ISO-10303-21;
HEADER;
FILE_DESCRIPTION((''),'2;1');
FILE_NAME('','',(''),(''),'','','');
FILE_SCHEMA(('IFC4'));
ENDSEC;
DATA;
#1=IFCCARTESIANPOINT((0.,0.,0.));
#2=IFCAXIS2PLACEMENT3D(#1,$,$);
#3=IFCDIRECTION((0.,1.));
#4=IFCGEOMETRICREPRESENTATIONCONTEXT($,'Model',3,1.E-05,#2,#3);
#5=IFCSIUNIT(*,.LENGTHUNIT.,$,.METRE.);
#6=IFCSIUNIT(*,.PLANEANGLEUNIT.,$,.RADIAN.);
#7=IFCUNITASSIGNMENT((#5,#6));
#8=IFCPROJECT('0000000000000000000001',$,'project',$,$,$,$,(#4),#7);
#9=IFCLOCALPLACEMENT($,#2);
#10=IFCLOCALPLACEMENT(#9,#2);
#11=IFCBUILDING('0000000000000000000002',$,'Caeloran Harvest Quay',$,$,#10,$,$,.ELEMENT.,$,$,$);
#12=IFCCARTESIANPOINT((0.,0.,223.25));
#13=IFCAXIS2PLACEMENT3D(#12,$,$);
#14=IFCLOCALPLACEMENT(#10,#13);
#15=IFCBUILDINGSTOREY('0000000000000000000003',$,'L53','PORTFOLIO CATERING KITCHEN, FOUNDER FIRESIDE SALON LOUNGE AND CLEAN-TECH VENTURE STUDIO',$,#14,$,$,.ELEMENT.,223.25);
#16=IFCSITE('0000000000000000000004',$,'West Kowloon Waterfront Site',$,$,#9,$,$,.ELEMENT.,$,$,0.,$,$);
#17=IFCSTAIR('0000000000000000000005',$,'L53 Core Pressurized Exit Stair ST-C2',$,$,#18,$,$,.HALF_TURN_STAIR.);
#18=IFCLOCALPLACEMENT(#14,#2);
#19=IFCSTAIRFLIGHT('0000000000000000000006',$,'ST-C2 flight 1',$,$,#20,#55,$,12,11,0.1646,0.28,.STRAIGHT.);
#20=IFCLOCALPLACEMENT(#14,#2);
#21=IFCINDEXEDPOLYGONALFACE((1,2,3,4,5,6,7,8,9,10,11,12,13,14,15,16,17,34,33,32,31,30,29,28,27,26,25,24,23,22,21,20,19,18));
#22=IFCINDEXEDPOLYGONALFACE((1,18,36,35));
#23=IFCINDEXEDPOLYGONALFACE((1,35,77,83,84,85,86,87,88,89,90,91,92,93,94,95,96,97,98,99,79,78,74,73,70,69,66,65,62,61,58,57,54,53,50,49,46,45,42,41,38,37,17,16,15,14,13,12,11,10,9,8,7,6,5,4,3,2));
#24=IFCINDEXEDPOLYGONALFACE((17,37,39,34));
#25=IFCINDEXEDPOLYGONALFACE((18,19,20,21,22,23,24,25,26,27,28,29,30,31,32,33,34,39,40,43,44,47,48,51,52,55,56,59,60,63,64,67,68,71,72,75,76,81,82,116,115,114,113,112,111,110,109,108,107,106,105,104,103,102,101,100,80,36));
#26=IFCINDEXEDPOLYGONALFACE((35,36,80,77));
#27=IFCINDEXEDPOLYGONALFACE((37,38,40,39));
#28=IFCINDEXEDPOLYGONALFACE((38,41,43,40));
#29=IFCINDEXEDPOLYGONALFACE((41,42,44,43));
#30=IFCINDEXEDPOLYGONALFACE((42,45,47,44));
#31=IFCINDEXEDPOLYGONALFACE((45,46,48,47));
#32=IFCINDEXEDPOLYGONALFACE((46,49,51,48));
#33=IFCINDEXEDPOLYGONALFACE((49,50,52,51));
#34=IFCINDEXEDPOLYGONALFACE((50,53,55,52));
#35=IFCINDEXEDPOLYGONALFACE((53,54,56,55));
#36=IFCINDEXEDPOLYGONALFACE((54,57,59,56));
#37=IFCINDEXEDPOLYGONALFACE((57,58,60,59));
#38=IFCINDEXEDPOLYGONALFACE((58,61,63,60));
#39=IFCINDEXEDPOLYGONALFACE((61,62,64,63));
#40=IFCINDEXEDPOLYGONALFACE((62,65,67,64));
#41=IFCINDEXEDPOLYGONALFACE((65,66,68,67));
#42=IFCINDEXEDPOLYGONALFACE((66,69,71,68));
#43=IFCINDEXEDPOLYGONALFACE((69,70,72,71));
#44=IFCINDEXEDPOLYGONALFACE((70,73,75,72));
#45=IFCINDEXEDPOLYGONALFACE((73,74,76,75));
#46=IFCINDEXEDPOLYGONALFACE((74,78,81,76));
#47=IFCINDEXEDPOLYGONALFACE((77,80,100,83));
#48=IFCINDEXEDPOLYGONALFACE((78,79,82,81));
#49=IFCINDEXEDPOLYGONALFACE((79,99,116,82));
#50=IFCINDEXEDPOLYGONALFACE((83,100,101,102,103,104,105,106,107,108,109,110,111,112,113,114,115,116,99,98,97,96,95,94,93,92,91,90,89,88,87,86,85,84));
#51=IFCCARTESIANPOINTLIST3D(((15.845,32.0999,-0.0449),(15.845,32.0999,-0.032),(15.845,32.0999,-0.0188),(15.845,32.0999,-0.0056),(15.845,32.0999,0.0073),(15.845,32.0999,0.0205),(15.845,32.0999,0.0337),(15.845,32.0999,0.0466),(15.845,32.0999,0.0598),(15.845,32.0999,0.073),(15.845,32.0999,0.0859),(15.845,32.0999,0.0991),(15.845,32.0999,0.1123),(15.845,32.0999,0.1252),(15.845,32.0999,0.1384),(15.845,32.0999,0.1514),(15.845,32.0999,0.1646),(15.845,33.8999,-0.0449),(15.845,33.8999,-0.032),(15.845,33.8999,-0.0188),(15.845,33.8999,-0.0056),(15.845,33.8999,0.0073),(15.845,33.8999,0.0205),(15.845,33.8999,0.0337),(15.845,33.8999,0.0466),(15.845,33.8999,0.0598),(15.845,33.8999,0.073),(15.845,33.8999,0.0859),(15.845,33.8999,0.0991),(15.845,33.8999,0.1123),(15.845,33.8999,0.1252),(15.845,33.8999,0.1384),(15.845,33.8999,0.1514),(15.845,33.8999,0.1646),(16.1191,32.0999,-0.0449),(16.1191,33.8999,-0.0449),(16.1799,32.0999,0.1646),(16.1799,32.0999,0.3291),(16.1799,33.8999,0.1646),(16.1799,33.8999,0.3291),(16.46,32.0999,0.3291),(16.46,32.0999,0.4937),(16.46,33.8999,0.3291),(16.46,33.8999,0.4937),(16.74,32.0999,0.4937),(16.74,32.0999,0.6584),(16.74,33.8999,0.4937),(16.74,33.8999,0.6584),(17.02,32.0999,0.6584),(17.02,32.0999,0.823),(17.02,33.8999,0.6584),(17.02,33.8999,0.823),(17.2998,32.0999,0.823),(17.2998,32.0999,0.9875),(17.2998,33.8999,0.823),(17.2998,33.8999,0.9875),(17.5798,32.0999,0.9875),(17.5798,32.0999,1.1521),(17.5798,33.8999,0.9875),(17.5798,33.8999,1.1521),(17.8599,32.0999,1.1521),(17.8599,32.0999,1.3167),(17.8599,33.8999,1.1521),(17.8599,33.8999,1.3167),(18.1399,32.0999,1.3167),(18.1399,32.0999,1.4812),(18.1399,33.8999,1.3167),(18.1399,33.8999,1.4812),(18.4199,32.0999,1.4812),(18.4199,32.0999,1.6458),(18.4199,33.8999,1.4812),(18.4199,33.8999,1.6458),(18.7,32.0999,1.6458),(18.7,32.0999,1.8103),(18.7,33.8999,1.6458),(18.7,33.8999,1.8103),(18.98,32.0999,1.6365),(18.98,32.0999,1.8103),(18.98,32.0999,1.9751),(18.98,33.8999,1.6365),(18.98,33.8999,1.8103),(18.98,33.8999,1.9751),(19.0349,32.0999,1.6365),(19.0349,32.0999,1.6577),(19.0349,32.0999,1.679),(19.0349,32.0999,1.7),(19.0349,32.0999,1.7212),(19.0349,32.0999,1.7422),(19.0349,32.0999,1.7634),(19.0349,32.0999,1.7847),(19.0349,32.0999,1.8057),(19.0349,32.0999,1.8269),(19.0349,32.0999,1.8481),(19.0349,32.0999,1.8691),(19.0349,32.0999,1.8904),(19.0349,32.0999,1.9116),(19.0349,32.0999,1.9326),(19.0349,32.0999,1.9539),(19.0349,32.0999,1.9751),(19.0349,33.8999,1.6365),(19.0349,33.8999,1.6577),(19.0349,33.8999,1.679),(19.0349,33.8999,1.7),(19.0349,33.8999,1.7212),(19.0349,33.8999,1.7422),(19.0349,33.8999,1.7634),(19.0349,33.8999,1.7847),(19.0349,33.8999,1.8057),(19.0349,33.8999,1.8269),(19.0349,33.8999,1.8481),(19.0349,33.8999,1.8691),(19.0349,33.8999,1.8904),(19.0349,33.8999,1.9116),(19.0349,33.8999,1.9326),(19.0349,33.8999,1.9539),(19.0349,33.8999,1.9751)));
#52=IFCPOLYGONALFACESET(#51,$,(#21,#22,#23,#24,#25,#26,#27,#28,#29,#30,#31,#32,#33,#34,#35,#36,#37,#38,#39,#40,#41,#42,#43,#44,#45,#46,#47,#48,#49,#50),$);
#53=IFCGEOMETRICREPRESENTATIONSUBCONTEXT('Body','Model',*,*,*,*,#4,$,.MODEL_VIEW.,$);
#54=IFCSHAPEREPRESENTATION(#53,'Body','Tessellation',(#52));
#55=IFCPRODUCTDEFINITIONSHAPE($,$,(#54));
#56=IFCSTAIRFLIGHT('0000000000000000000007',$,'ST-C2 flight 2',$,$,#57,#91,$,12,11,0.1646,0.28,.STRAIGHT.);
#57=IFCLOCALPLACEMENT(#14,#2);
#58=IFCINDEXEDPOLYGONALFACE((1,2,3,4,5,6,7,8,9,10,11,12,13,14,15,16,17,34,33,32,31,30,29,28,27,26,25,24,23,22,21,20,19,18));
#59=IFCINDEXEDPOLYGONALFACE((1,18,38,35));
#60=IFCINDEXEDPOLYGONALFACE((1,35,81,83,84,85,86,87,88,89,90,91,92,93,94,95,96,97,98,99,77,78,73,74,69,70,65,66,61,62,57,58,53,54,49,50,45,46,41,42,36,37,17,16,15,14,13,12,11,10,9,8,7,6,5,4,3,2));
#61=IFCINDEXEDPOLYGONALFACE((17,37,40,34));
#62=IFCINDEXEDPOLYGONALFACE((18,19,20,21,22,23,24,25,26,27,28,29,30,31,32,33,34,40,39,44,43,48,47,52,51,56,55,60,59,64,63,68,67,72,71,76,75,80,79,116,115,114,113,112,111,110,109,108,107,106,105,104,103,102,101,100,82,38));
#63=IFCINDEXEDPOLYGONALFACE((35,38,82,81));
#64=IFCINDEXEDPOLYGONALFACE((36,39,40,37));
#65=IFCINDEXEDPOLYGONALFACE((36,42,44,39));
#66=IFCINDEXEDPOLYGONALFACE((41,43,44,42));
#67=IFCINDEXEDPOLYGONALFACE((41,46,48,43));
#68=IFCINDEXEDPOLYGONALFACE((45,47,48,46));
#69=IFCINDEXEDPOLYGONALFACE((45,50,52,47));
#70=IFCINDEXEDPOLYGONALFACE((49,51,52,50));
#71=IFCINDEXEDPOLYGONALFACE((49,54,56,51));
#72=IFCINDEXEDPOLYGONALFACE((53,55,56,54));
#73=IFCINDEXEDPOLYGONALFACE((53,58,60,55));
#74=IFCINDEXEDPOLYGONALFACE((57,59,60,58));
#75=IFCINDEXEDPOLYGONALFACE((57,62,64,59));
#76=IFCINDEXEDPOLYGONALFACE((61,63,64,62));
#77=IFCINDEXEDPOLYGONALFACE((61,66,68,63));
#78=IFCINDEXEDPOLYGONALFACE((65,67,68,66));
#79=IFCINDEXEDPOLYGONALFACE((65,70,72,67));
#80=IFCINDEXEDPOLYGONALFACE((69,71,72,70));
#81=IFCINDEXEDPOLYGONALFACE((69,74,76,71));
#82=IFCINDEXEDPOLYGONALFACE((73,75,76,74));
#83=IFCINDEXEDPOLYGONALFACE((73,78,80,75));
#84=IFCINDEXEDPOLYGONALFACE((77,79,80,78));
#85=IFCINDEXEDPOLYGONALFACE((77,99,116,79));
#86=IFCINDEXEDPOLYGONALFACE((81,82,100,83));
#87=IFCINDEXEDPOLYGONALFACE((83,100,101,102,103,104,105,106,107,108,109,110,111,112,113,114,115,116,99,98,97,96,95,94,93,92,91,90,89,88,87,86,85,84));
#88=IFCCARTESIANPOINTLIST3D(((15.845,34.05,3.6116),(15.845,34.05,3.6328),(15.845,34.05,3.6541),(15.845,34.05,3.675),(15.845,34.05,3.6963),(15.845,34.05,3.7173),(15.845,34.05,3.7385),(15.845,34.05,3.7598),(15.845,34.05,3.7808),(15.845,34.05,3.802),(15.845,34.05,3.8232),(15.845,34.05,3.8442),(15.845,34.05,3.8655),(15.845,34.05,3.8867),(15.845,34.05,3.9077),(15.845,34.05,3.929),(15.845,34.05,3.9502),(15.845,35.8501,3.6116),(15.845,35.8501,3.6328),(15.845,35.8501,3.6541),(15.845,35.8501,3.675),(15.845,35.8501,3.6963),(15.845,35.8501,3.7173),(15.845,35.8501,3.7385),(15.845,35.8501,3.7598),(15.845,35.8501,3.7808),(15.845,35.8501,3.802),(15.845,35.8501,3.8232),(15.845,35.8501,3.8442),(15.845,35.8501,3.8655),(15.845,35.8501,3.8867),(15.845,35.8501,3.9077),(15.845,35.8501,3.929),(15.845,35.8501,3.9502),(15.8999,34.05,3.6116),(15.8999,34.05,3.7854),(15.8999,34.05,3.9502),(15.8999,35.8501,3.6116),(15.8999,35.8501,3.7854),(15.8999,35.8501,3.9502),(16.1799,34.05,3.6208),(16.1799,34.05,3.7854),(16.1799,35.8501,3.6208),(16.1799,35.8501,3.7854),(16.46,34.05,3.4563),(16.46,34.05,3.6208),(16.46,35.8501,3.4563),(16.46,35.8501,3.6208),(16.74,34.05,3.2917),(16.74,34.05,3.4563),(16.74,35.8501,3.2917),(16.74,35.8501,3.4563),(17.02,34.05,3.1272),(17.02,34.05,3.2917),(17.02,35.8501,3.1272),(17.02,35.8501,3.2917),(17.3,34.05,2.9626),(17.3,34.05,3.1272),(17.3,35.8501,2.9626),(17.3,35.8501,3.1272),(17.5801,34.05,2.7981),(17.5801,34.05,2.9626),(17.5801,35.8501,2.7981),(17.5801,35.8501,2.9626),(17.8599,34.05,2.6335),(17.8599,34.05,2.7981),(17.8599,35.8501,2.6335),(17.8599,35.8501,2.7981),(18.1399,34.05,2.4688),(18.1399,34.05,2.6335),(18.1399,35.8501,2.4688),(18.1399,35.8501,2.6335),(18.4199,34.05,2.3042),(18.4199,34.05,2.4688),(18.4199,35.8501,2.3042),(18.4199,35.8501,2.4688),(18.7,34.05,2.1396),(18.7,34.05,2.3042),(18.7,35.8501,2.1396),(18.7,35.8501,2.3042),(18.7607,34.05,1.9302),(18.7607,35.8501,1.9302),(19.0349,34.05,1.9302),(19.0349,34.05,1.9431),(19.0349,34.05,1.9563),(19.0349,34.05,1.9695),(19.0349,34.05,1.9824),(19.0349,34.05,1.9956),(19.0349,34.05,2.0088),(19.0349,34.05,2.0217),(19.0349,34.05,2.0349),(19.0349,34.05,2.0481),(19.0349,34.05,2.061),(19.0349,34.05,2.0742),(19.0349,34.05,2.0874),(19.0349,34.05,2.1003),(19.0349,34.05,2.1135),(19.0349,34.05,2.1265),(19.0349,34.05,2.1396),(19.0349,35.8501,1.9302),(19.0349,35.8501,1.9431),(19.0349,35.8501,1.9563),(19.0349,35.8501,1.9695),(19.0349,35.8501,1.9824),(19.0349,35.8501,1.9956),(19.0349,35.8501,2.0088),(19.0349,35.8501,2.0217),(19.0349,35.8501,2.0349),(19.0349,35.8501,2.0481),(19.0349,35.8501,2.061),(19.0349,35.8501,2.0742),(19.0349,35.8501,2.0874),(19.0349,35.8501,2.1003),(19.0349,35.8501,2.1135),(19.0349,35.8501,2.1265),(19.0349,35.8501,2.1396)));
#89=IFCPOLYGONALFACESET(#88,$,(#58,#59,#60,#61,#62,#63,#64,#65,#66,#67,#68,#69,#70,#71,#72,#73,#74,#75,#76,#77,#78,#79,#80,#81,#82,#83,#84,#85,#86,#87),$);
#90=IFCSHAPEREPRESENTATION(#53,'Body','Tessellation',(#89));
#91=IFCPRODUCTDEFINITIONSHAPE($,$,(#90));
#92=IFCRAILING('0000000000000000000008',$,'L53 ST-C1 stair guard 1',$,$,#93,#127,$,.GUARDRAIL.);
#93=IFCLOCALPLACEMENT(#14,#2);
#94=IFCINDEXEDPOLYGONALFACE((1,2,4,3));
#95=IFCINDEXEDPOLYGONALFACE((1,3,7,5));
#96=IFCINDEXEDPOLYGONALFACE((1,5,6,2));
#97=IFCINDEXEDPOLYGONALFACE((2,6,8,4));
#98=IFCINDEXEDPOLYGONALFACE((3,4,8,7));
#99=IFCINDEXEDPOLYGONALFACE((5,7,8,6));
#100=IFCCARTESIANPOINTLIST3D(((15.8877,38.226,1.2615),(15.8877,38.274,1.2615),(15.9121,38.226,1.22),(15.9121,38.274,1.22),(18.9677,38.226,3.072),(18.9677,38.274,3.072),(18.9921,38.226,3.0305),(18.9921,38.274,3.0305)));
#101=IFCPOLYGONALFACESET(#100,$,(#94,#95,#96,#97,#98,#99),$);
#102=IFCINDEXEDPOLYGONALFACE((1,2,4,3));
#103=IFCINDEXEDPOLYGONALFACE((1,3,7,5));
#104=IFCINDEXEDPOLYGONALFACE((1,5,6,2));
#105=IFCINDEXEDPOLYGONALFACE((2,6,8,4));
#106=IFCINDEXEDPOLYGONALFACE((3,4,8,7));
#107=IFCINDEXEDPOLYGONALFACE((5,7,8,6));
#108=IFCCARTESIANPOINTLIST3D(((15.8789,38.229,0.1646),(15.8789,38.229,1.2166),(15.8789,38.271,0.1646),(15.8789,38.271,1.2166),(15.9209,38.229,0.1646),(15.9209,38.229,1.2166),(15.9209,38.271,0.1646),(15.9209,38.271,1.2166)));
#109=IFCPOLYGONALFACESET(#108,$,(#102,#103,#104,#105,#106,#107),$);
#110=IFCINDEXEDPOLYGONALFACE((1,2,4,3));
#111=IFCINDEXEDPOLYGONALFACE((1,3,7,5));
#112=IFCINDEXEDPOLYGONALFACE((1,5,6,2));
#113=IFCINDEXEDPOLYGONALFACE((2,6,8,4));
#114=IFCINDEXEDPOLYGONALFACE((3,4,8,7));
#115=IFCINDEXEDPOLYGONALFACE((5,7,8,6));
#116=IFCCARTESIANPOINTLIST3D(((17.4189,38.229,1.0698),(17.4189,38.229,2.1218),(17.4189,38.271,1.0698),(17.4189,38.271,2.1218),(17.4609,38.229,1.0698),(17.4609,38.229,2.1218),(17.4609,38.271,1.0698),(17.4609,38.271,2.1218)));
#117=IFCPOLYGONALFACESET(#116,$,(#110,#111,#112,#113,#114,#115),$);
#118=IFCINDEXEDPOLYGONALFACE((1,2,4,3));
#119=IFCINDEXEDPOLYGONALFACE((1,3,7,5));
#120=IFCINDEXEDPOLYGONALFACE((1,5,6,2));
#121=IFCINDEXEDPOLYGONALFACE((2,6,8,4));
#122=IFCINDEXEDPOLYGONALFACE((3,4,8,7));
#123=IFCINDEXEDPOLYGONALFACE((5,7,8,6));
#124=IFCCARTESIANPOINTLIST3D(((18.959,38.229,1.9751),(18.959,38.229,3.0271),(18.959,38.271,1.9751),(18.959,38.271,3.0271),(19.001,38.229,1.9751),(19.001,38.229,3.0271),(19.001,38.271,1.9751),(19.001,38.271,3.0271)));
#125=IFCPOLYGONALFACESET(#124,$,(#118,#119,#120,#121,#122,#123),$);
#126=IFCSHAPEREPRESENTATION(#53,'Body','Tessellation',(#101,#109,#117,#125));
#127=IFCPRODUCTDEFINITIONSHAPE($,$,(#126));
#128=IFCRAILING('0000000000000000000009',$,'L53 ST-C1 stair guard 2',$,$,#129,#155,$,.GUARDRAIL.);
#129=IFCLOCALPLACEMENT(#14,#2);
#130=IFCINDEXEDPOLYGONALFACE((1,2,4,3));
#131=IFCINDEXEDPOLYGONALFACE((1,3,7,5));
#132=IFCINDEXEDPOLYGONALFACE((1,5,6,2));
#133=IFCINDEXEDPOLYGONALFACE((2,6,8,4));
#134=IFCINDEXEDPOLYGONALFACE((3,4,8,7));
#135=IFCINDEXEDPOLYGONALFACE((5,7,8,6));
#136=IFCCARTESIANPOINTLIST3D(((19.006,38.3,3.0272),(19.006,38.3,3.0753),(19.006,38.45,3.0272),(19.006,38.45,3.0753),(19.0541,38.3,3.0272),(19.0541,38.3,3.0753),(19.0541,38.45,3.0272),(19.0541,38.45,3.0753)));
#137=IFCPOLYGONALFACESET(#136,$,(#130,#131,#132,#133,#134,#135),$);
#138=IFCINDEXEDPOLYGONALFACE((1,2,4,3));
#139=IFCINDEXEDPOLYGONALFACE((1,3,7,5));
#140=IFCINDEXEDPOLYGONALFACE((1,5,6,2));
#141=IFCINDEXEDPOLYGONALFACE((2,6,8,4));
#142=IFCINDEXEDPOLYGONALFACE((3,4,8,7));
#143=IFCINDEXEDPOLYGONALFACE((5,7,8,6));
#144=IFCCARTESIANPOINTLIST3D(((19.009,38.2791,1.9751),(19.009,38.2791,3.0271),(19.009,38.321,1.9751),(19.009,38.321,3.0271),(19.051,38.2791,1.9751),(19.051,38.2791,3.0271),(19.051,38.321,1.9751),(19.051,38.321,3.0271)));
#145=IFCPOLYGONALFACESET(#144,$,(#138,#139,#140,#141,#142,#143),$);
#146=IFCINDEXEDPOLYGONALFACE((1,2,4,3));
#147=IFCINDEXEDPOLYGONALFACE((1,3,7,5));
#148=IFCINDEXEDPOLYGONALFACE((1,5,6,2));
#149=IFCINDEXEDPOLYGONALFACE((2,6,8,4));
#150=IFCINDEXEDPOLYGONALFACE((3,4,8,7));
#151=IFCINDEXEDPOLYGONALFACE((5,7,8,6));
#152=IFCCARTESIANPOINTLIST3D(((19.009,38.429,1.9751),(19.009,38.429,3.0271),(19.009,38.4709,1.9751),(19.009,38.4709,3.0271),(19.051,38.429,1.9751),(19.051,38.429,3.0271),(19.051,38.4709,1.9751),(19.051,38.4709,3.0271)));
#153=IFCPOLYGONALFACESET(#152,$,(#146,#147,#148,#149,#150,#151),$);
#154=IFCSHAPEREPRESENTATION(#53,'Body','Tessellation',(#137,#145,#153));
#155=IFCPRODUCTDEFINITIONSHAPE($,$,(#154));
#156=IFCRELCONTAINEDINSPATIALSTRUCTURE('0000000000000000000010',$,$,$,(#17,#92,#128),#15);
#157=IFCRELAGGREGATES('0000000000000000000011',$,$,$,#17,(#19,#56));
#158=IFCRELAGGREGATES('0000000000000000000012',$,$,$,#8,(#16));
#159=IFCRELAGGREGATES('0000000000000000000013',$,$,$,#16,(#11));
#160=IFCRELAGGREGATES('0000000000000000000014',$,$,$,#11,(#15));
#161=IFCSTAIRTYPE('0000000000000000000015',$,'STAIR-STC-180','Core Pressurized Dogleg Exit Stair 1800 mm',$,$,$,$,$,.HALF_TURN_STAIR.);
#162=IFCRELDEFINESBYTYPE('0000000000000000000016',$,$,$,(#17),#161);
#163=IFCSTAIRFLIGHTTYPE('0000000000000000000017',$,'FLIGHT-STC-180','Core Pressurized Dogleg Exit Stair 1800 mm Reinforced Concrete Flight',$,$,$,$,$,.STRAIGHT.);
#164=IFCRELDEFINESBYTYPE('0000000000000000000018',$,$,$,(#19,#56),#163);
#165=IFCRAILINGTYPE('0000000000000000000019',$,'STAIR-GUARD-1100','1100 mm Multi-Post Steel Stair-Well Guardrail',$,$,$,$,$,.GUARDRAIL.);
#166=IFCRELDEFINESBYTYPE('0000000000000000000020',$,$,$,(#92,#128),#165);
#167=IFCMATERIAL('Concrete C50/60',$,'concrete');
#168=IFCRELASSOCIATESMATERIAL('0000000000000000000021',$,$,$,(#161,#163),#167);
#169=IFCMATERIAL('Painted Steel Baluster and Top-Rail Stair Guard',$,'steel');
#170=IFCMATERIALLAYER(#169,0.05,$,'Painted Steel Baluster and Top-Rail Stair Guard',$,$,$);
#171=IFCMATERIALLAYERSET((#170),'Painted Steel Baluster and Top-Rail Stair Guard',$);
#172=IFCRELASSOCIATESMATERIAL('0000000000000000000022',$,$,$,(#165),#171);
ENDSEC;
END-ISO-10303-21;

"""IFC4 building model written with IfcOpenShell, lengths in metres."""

from ifc_helpers import new_model, si_unit, direction, frame, origin, origin_2d, place, context, subcontext, project, spatial, polyline, rectangle, outline, extrude, material, layer, layer_set, type_object, element, aggregate, save


model = new_model("IFC4")

# Units and contexts
model_context = context("Model", 3, precision=1e-05, world=origin(), true_north=direction((0.0, 1.0)))
body_context = subcontext(model_context, "Body", "Model", "MODEL_VIEW")
ifc_project = project(units=[si_unit("LENGTHUNIT", "METRE"), si_unit("PLANEANGLEUNIT", "RADIAN")], contexts=[model_context])

# Site, building, storey
site_placement = place(None, origin())
site = spatial("IfcSite", under=ifc_project, at=site_placement, Name="West Kowloon Waterfront Site", CompositionType="ELEMENT", RefElevation=0.0)
building_placement = place(site_placement, origin())
building = spatial("IfcBuilding", under=site, at=building_placement, Name="Caeloran Harvest Quay", CompositionType="ELEMENT")
storey_placement = place(building_placement, frame((0.0, 0.0, 223.25)))
storey = spatial("IfcBuildingStorey", under=building, at=storey_placement, Name="L53", Description="PORTFOLIO CATERING KITCHEN, FOUNDER FIRESIDE SALON LOUNGE AND CLEAN-TECH VENTURE STUDIO", CompositionType="ELEMENT", Elevation=223.25)

# Shared definitions
ifc_material_1 = material(Name="Concrete C50/60", Category="concrete")

# Stair, stair flights
stair_type = type_object("IfcStairType", Name="STAIR-STC-180", Description="Core Pressurized Dogleg Exit Stair 1800 mm", PredefinedType="HALF_TURN_STAIR", material=ifc_material_1)
stair_flight_type = type_object("IfcStairFlightType", Name="FLIGHT-STC-180", Description="Core Pressurized Dogleg Exit Stair 1800 mm Reinforced Concrete Flight", PredefinedType="STRAIGHT", material=ifc_material_1)
stair_1_placement = place(storey_placement, origin())
stair_1 = element("IfcStair", 1, at=stair_1_placement, inside=storey, type_object=stair_type, Name="L53 Core Pressurized Exit Stair ST-C2", PredefinedType="HALF_TURN_STAIR")
stair_flight_1_placement = place(storey_placement, frame((15.8999, 33.0, 0.0), z_axis=(0.0, 0.0, 1.0), x_axis=(1.0, 0.0, 0.0)))
stair_flight_1 = element("IfcStairFlight", 2, at=stair_flight_1_placement, type_object=stair_flight_type, Name="ST-C2 flight 1", NumberOfRisers=12, NumberOfTreads=11, PredefinedType="STRAIGHT", RiserHeight=0.1646, TreadLength=0.28, context=body_context, shape_type="SweptSolid", body=[
    extrude(outline(polyline([(-0.0549, -0.0449), (-0.0549, -0.032), (-0.0549, -0.0188), (-0.0549, -0.0056), (-0.0549, 0.0073), (-0.0549, 0.0205), (-0.0549, 0.0337), (-0.0549, 0.0466), (-0.0549, 0.0598), (-0.0549, 0.073), (-0.0549, 0.0859), (-0.0549, 0.0991), (-0.0549, 0.1123), (-0.0549, 0.1252), (-0.0549, 0.1384), (-0.0549, 0.1514), (-0.0549, 0.1646), (0.28, 0.1646), (0.28, 0.3291), (0.5601, 0.3291), (0.5601, 0.4937), (0.8401, 0.4937), (0.8401, 0.6584), (1.1201, 0.6584), (1.1201, 0.823), (1.3999, 0.823), (1.3999, 0.9875), (1.6799, 0.9875), (1.6799, 1.1521), (1.96, 1.1521), (1.96, 1.3167), (2.24, 1.3167), (2.24, 1.4812), (2.52, 1.4812), (2.52, 1.6458), (2.8, 1.6458), (2.8, 1.8103), (3.0801, 1.8103), (3.0801, 1.9751), (3.135, 1.9751), (3.135, 1.9539), (3.135, 1.9326), (3.135, 1.9116), (3.135, 1.8904), (3.135, 1.8691), (3.135, 1.8481), (3.135, 1.8269), (3.135, 1.8057), (3.135, 1.7847), (3.135, 1.7634), (3.135, 1.7422), (3.135, 1.7212), (3.135, 1.7), (3.135, 1.679), (3.135, 1.6577), (3.135, 1.6365), (3.0801, 1.6365), (0.2192, -0.0449), (-0.0549, -0.0449)])), frame((0.0, 0.8999, 0.0), z_axis=(0.0, -1.0, 0.0), x_axis=(1.0, 0.0, 0.0)), (0.0, 0.0, 1.0), 1.8),
])
stair_flight_2_placement = place(storey_placement, frame((18.98, 34.95, 1.9751), z_axis=(0.0, 0.0, 1.0), x_axis=(-1.0, 0.0, 0.0)))
stair_flight_2 = element("IfcStairFlight", 3, at=stair_flight_2_placement, type_object=stair_flight_type, Name="ST-C2 flight 2", NumberOfRisers=12, NumberOfTreads=11, PredefinedType="STRAIGHT", RiserHeight=0.1646, TreadLength=0.28, context=body_context, shape_type="SweptSolid", body=[
    extrude(outline(polyline([(-0.0549, -0.0449), (-0.0549, -0.032), (-0.0549, -0.0188), (-0.0549, -0.0056), (-0.0549, 0.0073), (-0.0549, 0.0205), (-0.0549, 0.0337), (-0.0549, 0.0466), (-0.0549, 0.0598), (-0.0549, 0.073), (-0.0549, 0.0859), (-0.0549, 0.0991), (-0.0549, 0.1123), (-0.0549, 0.1252), (-0.0549, 0.1384), (-0.0549, 0.1514), (-0.0549, 0.1646), (0.28, 0.1646), (0.28, 0.3291), (0.5601, 0.3291), (0.5601, 0.4937), (0.8401, 0.4937), (0.8401, 0.6584), (1.1201, 0.6584), (1.1201, 0.823), (1.3999, 0.823), (1.3999, 0.9875), (1.6799, 0.9875), (1.6799, 1.1521), (1.96, 1.1521), (1.96, 1.3167), (2.24, 1.3167), (2.24, 1.4812), (2.52, 1.4812), (2.52, 1.6458), (2.8, 1.6458), (2.8, 1.8103), (3.0801, 1.8103), (3.0801, 1.9751), (3.135, 1.9751), (3.135, 1.9539), (3.135, 1.9326), (3.135, 1.9116), (3.135, 1.8904), (3.135, 1.8691), (3.135, 1.8481), (3.135, 1.8269), (3.135, 1.8057), (3.135, 1.7847), (3.135, 1.7634), (3.135, 1.7422), (3.135, 1.7212), (3.135, 1.7), (3.135, 1.679), (3.135, 1.6577), (3.135, 1.6365), (3.0801, 1.6365), (0.2192, -0.0449), (-0.0549, -0.0449)])), frame((0.0, 0.8999, 0.0), z_axis=(0.0, -1.0, 0.0), x_axis=(1.0, 0.0, 0.0)), (0.0, 0.0, 1.0), 1.8),
])
aggregate(stair_1, [stair_flight_1, stair_flight_2])

# Railings
ifc_material_2 = material(Name="Painted Steel Baluster and Top-Rail Stair Guard", Category="steel")
ifc_layer_1 = layer(ifc_material_2, 0.05, Name="Painted Steel Baluster and Top-Rail Stair Guard")
ifc_layer_set_1 = layer_set([ifc_layer_1], Name="Painted Steel Baluster and Top-Rail Stair Guard")
railing_type_1 = type_object("IfcRailingType", Name="STAIR-GUARD-1100", Description="1100 mm Multi-Post Steel Stair-Well Guardrail", PredefinedType="GUARDRAIL", material=ifc_layer_set_1)
railing_1_placement = place(storey_placement, frame((15.8999, 38.25, 0.1646)))
element("IfcRailing", 4, at=railing_1_placement, inside=storey, type_object=railing_type_1, Name="L53 ST-C1 stair guard 1", PredefinedType="GUARDRAIL", context=body_context, shape_type="SweptSolid", body=[
    extrude(rectangle(XDim=0.0481, YDim=0.0481, at=origin_2d()), frame((0.0, 0.0, 1.0762), z_axis=(0.862089, 0.0, 0.506757), x_axis=(0.0, 1.0, 0.0)), (0.0, 0.0, 1.0), 3.5728),
    extrude(rectangle(XDim=0.042, YDim=0.042, at=origin_2d()), origin(), (0.0, 0.0, 1.0), 1.052),
    extrude(rectangle(XDim=0.042, YDim=0.042, at=origin_2d()), frame((1.54, 0.0, 0.9053)), (0.0, 0.0, 1.0), 1.052),
    extrude(rectangle(XDim=0.042, YDim=0.042, at=origin_2d()), frame((3.0801, 0.0, 1.8105)), (0.0, 0.0, 1.0), 1.052),
])
railing_2_placement = place(storey_placement, frame((19.03, 38.3, 1.9751)))
element("IfcRailing", 5, at=railing_2_placement, inside=storey, type_object=railing_type_1, Name="L53 ST-C1 stair guard 2", PredefinedType="GUARDRAIL", context=body_context, shape_type="SweptSolid", body=[
    extrude(rectangle(XDim=0.0481, YDim=0.0481, at=origin_2d()), frame((0.0, 0.0, 1.0762), z_axis=(0.0, 1.0, 0.0), x_axis=(-1.0, 0.0, 0.0)), (0.0, 0.0, 1.0), 0.1499),
    extrude(rectangle(XDim=0.042, YDim=0.042, at=origin_2d()), origin(), (0.0, 0.0, 1.0), 1.052),
    extrude(rectangle(XDim=0.042, YDim=0.042, at=origin_2d()), frame((0.0, 0.1499, 0.0)), (0.0, 0.0, 1.0), 1.052),
])

save(model, "model.ifc")
